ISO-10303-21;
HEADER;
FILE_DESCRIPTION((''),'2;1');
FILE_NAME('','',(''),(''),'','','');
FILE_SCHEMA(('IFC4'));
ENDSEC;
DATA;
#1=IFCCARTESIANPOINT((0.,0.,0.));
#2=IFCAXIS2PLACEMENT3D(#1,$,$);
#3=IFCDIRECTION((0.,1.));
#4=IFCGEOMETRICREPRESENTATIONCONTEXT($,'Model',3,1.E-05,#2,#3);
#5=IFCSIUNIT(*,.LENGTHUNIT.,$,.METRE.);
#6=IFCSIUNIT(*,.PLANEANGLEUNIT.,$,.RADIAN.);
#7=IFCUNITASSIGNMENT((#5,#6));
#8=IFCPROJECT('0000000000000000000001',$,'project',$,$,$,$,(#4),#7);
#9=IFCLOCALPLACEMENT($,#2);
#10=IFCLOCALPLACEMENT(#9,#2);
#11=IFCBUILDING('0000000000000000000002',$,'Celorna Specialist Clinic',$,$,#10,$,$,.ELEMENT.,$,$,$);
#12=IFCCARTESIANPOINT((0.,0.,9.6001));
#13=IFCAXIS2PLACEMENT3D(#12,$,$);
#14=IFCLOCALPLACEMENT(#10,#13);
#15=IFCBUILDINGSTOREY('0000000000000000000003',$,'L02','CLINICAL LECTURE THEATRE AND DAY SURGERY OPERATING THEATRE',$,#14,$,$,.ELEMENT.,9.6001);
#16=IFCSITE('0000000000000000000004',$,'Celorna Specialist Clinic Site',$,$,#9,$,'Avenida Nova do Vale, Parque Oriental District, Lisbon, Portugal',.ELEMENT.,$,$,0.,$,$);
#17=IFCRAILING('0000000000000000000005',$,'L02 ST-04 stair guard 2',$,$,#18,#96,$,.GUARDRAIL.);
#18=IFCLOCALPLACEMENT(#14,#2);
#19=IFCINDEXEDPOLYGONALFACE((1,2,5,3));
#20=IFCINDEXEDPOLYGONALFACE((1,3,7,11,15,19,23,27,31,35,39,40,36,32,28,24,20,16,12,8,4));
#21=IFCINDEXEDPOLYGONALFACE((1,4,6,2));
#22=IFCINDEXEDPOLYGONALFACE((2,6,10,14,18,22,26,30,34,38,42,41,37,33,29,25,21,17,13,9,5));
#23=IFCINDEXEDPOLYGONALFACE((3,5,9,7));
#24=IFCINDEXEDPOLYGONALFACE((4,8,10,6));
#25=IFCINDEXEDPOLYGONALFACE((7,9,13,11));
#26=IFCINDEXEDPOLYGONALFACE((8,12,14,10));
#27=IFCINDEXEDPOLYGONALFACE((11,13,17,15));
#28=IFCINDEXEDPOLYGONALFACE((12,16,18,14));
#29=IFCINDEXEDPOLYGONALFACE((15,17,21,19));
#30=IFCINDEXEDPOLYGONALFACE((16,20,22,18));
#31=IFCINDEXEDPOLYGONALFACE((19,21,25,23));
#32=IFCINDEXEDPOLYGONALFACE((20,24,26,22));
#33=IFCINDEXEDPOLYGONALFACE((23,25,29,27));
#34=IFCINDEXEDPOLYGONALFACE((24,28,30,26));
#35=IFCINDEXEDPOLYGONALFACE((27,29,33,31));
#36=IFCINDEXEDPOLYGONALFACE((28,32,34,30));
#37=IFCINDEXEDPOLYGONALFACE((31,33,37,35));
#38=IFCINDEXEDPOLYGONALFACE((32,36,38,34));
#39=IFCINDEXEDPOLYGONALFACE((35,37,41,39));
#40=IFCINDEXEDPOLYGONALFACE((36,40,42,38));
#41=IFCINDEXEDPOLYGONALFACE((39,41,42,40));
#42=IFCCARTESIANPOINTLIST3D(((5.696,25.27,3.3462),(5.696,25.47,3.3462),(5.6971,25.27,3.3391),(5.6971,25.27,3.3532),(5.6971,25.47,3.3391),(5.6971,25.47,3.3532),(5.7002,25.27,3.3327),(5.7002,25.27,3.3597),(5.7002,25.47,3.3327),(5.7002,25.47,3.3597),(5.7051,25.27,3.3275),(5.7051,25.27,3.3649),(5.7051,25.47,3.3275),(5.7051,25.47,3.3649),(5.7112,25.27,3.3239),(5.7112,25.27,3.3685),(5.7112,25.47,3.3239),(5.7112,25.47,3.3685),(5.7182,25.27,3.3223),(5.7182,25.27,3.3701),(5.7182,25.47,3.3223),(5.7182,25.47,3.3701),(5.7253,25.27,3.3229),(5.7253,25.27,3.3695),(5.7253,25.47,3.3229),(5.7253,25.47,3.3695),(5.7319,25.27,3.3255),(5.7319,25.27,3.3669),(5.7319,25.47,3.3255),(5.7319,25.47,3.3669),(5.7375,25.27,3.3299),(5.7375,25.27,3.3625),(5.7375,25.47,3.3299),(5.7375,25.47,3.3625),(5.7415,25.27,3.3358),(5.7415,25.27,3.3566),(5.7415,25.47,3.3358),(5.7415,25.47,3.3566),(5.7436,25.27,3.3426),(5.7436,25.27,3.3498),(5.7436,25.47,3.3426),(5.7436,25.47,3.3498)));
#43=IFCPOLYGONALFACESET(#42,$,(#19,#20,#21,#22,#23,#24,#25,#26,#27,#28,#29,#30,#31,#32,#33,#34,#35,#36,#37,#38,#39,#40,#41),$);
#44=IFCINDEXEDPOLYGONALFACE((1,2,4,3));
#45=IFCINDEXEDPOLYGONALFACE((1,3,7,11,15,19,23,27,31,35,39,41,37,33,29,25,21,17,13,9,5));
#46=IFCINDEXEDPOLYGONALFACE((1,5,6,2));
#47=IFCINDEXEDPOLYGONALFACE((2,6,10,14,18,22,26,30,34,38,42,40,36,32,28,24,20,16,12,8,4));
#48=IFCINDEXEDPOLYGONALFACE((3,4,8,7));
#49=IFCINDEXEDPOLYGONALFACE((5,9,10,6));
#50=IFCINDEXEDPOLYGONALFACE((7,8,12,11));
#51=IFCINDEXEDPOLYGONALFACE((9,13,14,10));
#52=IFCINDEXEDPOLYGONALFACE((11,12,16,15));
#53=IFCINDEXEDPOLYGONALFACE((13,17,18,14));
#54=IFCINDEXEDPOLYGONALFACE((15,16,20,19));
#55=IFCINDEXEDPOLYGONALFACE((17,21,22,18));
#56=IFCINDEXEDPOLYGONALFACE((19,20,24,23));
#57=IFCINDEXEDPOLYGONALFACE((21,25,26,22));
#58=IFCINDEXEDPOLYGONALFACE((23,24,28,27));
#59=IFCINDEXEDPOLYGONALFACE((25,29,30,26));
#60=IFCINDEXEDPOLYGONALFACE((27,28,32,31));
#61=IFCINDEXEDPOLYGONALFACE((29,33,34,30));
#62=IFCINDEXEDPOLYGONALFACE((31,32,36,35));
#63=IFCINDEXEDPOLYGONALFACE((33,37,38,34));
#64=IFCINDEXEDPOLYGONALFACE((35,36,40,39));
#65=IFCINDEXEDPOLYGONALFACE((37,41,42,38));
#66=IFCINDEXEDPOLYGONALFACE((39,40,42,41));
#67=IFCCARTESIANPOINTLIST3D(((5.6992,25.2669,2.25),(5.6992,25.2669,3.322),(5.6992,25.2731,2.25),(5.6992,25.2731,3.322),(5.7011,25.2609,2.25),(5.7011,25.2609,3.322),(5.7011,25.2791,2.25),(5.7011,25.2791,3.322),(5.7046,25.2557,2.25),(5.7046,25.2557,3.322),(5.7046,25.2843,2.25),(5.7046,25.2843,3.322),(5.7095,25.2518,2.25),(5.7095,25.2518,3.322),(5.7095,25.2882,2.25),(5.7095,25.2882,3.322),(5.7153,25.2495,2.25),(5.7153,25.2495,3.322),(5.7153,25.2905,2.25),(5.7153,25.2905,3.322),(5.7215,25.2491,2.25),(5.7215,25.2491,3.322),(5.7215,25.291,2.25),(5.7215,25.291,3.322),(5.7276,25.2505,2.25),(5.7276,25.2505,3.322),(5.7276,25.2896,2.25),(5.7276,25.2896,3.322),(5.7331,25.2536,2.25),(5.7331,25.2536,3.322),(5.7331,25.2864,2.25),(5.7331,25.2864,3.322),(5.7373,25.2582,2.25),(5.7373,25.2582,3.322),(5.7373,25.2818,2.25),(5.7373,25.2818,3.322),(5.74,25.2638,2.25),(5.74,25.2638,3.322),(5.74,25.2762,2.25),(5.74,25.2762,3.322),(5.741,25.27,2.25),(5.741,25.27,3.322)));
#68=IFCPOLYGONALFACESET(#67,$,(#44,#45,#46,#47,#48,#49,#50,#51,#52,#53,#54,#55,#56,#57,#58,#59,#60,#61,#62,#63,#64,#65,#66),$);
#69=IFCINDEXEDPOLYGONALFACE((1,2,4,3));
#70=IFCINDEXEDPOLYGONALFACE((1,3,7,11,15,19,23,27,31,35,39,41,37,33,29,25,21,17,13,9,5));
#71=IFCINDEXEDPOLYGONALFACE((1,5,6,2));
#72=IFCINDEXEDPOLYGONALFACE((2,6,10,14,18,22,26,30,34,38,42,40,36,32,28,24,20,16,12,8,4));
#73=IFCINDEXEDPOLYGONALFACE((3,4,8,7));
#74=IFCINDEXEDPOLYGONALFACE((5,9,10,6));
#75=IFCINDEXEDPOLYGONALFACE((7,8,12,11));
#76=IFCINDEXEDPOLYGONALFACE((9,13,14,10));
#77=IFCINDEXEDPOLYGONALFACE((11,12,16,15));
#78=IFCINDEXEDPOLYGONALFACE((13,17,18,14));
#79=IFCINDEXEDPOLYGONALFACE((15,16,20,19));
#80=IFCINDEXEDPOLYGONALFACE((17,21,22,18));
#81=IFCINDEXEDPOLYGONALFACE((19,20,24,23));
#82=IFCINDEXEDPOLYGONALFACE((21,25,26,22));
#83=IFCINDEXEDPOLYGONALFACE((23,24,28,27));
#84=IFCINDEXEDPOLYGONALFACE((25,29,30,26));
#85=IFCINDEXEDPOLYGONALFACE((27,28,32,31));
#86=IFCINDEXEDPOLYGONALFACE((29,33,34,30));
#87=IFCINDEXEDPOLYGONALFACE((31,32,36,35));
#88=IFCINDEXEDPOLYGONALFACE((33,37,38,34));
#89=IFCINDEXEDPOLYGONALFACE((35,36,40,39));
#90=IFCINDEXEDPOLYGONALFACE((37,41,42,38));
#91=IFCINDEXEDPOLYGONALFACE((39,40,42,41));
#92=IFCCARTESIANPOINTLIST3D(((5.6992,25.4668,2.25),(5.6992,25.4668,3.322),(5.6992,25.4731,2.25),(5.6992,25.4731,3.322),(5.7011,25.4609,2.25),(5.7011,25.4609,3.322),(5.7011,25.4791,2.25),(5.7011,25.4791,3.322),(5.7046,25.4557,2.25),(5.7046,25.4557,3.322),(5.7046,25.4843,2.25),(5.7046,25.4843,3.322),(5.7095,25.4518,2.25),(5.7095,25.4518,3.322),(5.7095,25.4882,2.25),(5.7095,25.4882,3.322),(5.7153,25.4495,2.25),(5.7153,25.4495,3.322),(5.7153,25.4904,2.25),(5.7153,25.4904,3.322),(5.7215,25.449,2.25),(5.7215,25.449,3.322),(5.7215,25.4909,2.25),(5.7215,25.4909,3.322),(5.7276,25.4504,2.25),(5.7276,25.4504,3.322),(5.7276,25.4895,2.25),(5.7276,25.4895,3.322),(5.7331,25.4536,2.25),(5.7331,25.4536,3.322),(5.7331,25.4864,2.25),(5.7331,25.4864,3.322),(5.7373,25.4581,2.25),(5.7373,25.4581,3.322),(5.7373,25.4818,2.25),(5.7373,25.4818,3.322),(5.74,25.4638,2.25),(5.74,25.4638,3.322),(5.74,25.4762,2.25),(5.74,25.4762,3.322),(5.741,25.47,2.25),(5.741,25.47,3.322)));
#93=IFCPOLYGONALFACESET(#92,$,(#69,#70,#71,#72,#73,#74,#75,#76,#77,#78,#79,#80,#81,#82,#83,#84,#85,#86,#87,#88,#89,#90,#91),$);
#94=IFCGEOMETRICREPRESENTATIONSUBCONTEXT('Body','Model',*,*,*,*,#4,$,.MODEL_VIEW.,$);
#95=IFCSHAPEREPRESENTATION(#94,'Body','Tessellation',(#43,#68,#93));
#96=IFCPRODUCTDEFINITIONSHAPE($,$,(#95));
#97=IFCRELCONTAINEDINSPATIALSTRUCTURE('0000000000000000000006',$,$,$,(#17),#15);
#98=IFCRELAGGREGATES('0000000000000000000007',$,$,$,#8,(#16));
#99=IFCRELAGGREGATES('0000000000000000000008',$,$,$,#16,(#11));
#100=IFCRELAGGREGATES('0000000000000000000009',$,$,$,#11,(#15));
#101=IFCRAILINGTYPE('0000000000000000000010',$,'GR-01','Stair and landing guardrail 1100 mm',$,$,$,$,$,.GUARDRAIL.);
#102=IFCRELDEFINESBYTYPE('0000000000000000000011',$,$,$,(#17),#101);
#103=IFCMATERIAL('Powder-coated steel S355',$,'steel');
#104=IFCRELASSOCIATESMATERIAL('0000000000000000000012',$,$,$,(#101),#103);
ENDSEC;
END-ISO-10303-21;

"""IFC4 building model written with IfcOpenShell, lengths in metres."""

from ifc_helpers import new_model, si_unit, direction, frame, origin, origin_2d, place, context, subcontext, project, spatial, circle, extrude, material, type_object, element, save


model = new_model("IFC4")

# Units and contexts
model_context = context("Model", 3, precision=1e-05, world=origin(), true_north=direction((0.0, 1.0)))
body_context = subcontext(model_context, "Body", "Model", "MODEL_VIEW")
ifc_project = project(units=[si_unit("LENGTHUNIT", "METRE"), si_unit("PLANEANGLEUNIT", "RADIAN")], contexts=[model_context])

# Site, building, storey
site_placement = place(None, origin())
site = spatial("IfcSite", under=ifc_project, at=site_placement, Name="Celorna Specialist Clinic Site", LongName="Avenida Nova do Vale, Parque Oriental District, Lisbon, Portugal", CompositionType="ELEMENT", RefElevation=0.0)
building_placement = place(site_placement, origin())
building = spatial("IfcBuilding", under=site, at=building_placement, Name="Celorna Specialist Clinic", CompositionType="ELEMENT")
storey_placement = place(building_placement, frame((0.0, 0.0, 9.6001)))
storey = spatial("IfcBuildingStorey", under=building, at=storey_placement, Name="L02", Description="CLINICAL LECTURE THEATRE AND DAY SURGERY OPERATING THEATRE", CompositionType="ELEMENT", Elevation=9.6001)

# Railing
ifc_material_1 = material(Name="Powder-coated steel S355", Category="steel")
railing_type_1 = type_object("IfcRailingType", Name="GR-01", Description="Stair and landing guardrail 1100 mm", PredefinedType="GUARDRAIL", material=ifc_material_1)
railing_1_placement = place(storey_placement, frame((5.72, 25.27, 2.25)))
element("IfcRailing", 1, at=railing_1_placement, inside=storey, type_object=railing_type_1, Name="L02 ST-04 stair guard 2", PredefinedType="GUARDRAIL", context=body_context, shape_type="SweptSolid", body=[
    extrude(circle(Radius=0.0239, at=origin_2d()), frame((0.0, 0.0, 1.0962), z_axis=(0.0, 1.0, 0.0), x_axis=(-1.0, 0.0, 0.0)), (0.0, 0.0, 1.0), 0.2),
    extrude(circle(Radius=0.021, at=origin_2d()), origin(), (0.0, 0.0, 1.0), 1.072),
    extrude(circle(Radius=0.021, at=origin_2d()), frame((0.0, 0.2, 0.0)), (0.0, 0.0, 1.0), 1.072),
])

save(model, "model.ifc")
